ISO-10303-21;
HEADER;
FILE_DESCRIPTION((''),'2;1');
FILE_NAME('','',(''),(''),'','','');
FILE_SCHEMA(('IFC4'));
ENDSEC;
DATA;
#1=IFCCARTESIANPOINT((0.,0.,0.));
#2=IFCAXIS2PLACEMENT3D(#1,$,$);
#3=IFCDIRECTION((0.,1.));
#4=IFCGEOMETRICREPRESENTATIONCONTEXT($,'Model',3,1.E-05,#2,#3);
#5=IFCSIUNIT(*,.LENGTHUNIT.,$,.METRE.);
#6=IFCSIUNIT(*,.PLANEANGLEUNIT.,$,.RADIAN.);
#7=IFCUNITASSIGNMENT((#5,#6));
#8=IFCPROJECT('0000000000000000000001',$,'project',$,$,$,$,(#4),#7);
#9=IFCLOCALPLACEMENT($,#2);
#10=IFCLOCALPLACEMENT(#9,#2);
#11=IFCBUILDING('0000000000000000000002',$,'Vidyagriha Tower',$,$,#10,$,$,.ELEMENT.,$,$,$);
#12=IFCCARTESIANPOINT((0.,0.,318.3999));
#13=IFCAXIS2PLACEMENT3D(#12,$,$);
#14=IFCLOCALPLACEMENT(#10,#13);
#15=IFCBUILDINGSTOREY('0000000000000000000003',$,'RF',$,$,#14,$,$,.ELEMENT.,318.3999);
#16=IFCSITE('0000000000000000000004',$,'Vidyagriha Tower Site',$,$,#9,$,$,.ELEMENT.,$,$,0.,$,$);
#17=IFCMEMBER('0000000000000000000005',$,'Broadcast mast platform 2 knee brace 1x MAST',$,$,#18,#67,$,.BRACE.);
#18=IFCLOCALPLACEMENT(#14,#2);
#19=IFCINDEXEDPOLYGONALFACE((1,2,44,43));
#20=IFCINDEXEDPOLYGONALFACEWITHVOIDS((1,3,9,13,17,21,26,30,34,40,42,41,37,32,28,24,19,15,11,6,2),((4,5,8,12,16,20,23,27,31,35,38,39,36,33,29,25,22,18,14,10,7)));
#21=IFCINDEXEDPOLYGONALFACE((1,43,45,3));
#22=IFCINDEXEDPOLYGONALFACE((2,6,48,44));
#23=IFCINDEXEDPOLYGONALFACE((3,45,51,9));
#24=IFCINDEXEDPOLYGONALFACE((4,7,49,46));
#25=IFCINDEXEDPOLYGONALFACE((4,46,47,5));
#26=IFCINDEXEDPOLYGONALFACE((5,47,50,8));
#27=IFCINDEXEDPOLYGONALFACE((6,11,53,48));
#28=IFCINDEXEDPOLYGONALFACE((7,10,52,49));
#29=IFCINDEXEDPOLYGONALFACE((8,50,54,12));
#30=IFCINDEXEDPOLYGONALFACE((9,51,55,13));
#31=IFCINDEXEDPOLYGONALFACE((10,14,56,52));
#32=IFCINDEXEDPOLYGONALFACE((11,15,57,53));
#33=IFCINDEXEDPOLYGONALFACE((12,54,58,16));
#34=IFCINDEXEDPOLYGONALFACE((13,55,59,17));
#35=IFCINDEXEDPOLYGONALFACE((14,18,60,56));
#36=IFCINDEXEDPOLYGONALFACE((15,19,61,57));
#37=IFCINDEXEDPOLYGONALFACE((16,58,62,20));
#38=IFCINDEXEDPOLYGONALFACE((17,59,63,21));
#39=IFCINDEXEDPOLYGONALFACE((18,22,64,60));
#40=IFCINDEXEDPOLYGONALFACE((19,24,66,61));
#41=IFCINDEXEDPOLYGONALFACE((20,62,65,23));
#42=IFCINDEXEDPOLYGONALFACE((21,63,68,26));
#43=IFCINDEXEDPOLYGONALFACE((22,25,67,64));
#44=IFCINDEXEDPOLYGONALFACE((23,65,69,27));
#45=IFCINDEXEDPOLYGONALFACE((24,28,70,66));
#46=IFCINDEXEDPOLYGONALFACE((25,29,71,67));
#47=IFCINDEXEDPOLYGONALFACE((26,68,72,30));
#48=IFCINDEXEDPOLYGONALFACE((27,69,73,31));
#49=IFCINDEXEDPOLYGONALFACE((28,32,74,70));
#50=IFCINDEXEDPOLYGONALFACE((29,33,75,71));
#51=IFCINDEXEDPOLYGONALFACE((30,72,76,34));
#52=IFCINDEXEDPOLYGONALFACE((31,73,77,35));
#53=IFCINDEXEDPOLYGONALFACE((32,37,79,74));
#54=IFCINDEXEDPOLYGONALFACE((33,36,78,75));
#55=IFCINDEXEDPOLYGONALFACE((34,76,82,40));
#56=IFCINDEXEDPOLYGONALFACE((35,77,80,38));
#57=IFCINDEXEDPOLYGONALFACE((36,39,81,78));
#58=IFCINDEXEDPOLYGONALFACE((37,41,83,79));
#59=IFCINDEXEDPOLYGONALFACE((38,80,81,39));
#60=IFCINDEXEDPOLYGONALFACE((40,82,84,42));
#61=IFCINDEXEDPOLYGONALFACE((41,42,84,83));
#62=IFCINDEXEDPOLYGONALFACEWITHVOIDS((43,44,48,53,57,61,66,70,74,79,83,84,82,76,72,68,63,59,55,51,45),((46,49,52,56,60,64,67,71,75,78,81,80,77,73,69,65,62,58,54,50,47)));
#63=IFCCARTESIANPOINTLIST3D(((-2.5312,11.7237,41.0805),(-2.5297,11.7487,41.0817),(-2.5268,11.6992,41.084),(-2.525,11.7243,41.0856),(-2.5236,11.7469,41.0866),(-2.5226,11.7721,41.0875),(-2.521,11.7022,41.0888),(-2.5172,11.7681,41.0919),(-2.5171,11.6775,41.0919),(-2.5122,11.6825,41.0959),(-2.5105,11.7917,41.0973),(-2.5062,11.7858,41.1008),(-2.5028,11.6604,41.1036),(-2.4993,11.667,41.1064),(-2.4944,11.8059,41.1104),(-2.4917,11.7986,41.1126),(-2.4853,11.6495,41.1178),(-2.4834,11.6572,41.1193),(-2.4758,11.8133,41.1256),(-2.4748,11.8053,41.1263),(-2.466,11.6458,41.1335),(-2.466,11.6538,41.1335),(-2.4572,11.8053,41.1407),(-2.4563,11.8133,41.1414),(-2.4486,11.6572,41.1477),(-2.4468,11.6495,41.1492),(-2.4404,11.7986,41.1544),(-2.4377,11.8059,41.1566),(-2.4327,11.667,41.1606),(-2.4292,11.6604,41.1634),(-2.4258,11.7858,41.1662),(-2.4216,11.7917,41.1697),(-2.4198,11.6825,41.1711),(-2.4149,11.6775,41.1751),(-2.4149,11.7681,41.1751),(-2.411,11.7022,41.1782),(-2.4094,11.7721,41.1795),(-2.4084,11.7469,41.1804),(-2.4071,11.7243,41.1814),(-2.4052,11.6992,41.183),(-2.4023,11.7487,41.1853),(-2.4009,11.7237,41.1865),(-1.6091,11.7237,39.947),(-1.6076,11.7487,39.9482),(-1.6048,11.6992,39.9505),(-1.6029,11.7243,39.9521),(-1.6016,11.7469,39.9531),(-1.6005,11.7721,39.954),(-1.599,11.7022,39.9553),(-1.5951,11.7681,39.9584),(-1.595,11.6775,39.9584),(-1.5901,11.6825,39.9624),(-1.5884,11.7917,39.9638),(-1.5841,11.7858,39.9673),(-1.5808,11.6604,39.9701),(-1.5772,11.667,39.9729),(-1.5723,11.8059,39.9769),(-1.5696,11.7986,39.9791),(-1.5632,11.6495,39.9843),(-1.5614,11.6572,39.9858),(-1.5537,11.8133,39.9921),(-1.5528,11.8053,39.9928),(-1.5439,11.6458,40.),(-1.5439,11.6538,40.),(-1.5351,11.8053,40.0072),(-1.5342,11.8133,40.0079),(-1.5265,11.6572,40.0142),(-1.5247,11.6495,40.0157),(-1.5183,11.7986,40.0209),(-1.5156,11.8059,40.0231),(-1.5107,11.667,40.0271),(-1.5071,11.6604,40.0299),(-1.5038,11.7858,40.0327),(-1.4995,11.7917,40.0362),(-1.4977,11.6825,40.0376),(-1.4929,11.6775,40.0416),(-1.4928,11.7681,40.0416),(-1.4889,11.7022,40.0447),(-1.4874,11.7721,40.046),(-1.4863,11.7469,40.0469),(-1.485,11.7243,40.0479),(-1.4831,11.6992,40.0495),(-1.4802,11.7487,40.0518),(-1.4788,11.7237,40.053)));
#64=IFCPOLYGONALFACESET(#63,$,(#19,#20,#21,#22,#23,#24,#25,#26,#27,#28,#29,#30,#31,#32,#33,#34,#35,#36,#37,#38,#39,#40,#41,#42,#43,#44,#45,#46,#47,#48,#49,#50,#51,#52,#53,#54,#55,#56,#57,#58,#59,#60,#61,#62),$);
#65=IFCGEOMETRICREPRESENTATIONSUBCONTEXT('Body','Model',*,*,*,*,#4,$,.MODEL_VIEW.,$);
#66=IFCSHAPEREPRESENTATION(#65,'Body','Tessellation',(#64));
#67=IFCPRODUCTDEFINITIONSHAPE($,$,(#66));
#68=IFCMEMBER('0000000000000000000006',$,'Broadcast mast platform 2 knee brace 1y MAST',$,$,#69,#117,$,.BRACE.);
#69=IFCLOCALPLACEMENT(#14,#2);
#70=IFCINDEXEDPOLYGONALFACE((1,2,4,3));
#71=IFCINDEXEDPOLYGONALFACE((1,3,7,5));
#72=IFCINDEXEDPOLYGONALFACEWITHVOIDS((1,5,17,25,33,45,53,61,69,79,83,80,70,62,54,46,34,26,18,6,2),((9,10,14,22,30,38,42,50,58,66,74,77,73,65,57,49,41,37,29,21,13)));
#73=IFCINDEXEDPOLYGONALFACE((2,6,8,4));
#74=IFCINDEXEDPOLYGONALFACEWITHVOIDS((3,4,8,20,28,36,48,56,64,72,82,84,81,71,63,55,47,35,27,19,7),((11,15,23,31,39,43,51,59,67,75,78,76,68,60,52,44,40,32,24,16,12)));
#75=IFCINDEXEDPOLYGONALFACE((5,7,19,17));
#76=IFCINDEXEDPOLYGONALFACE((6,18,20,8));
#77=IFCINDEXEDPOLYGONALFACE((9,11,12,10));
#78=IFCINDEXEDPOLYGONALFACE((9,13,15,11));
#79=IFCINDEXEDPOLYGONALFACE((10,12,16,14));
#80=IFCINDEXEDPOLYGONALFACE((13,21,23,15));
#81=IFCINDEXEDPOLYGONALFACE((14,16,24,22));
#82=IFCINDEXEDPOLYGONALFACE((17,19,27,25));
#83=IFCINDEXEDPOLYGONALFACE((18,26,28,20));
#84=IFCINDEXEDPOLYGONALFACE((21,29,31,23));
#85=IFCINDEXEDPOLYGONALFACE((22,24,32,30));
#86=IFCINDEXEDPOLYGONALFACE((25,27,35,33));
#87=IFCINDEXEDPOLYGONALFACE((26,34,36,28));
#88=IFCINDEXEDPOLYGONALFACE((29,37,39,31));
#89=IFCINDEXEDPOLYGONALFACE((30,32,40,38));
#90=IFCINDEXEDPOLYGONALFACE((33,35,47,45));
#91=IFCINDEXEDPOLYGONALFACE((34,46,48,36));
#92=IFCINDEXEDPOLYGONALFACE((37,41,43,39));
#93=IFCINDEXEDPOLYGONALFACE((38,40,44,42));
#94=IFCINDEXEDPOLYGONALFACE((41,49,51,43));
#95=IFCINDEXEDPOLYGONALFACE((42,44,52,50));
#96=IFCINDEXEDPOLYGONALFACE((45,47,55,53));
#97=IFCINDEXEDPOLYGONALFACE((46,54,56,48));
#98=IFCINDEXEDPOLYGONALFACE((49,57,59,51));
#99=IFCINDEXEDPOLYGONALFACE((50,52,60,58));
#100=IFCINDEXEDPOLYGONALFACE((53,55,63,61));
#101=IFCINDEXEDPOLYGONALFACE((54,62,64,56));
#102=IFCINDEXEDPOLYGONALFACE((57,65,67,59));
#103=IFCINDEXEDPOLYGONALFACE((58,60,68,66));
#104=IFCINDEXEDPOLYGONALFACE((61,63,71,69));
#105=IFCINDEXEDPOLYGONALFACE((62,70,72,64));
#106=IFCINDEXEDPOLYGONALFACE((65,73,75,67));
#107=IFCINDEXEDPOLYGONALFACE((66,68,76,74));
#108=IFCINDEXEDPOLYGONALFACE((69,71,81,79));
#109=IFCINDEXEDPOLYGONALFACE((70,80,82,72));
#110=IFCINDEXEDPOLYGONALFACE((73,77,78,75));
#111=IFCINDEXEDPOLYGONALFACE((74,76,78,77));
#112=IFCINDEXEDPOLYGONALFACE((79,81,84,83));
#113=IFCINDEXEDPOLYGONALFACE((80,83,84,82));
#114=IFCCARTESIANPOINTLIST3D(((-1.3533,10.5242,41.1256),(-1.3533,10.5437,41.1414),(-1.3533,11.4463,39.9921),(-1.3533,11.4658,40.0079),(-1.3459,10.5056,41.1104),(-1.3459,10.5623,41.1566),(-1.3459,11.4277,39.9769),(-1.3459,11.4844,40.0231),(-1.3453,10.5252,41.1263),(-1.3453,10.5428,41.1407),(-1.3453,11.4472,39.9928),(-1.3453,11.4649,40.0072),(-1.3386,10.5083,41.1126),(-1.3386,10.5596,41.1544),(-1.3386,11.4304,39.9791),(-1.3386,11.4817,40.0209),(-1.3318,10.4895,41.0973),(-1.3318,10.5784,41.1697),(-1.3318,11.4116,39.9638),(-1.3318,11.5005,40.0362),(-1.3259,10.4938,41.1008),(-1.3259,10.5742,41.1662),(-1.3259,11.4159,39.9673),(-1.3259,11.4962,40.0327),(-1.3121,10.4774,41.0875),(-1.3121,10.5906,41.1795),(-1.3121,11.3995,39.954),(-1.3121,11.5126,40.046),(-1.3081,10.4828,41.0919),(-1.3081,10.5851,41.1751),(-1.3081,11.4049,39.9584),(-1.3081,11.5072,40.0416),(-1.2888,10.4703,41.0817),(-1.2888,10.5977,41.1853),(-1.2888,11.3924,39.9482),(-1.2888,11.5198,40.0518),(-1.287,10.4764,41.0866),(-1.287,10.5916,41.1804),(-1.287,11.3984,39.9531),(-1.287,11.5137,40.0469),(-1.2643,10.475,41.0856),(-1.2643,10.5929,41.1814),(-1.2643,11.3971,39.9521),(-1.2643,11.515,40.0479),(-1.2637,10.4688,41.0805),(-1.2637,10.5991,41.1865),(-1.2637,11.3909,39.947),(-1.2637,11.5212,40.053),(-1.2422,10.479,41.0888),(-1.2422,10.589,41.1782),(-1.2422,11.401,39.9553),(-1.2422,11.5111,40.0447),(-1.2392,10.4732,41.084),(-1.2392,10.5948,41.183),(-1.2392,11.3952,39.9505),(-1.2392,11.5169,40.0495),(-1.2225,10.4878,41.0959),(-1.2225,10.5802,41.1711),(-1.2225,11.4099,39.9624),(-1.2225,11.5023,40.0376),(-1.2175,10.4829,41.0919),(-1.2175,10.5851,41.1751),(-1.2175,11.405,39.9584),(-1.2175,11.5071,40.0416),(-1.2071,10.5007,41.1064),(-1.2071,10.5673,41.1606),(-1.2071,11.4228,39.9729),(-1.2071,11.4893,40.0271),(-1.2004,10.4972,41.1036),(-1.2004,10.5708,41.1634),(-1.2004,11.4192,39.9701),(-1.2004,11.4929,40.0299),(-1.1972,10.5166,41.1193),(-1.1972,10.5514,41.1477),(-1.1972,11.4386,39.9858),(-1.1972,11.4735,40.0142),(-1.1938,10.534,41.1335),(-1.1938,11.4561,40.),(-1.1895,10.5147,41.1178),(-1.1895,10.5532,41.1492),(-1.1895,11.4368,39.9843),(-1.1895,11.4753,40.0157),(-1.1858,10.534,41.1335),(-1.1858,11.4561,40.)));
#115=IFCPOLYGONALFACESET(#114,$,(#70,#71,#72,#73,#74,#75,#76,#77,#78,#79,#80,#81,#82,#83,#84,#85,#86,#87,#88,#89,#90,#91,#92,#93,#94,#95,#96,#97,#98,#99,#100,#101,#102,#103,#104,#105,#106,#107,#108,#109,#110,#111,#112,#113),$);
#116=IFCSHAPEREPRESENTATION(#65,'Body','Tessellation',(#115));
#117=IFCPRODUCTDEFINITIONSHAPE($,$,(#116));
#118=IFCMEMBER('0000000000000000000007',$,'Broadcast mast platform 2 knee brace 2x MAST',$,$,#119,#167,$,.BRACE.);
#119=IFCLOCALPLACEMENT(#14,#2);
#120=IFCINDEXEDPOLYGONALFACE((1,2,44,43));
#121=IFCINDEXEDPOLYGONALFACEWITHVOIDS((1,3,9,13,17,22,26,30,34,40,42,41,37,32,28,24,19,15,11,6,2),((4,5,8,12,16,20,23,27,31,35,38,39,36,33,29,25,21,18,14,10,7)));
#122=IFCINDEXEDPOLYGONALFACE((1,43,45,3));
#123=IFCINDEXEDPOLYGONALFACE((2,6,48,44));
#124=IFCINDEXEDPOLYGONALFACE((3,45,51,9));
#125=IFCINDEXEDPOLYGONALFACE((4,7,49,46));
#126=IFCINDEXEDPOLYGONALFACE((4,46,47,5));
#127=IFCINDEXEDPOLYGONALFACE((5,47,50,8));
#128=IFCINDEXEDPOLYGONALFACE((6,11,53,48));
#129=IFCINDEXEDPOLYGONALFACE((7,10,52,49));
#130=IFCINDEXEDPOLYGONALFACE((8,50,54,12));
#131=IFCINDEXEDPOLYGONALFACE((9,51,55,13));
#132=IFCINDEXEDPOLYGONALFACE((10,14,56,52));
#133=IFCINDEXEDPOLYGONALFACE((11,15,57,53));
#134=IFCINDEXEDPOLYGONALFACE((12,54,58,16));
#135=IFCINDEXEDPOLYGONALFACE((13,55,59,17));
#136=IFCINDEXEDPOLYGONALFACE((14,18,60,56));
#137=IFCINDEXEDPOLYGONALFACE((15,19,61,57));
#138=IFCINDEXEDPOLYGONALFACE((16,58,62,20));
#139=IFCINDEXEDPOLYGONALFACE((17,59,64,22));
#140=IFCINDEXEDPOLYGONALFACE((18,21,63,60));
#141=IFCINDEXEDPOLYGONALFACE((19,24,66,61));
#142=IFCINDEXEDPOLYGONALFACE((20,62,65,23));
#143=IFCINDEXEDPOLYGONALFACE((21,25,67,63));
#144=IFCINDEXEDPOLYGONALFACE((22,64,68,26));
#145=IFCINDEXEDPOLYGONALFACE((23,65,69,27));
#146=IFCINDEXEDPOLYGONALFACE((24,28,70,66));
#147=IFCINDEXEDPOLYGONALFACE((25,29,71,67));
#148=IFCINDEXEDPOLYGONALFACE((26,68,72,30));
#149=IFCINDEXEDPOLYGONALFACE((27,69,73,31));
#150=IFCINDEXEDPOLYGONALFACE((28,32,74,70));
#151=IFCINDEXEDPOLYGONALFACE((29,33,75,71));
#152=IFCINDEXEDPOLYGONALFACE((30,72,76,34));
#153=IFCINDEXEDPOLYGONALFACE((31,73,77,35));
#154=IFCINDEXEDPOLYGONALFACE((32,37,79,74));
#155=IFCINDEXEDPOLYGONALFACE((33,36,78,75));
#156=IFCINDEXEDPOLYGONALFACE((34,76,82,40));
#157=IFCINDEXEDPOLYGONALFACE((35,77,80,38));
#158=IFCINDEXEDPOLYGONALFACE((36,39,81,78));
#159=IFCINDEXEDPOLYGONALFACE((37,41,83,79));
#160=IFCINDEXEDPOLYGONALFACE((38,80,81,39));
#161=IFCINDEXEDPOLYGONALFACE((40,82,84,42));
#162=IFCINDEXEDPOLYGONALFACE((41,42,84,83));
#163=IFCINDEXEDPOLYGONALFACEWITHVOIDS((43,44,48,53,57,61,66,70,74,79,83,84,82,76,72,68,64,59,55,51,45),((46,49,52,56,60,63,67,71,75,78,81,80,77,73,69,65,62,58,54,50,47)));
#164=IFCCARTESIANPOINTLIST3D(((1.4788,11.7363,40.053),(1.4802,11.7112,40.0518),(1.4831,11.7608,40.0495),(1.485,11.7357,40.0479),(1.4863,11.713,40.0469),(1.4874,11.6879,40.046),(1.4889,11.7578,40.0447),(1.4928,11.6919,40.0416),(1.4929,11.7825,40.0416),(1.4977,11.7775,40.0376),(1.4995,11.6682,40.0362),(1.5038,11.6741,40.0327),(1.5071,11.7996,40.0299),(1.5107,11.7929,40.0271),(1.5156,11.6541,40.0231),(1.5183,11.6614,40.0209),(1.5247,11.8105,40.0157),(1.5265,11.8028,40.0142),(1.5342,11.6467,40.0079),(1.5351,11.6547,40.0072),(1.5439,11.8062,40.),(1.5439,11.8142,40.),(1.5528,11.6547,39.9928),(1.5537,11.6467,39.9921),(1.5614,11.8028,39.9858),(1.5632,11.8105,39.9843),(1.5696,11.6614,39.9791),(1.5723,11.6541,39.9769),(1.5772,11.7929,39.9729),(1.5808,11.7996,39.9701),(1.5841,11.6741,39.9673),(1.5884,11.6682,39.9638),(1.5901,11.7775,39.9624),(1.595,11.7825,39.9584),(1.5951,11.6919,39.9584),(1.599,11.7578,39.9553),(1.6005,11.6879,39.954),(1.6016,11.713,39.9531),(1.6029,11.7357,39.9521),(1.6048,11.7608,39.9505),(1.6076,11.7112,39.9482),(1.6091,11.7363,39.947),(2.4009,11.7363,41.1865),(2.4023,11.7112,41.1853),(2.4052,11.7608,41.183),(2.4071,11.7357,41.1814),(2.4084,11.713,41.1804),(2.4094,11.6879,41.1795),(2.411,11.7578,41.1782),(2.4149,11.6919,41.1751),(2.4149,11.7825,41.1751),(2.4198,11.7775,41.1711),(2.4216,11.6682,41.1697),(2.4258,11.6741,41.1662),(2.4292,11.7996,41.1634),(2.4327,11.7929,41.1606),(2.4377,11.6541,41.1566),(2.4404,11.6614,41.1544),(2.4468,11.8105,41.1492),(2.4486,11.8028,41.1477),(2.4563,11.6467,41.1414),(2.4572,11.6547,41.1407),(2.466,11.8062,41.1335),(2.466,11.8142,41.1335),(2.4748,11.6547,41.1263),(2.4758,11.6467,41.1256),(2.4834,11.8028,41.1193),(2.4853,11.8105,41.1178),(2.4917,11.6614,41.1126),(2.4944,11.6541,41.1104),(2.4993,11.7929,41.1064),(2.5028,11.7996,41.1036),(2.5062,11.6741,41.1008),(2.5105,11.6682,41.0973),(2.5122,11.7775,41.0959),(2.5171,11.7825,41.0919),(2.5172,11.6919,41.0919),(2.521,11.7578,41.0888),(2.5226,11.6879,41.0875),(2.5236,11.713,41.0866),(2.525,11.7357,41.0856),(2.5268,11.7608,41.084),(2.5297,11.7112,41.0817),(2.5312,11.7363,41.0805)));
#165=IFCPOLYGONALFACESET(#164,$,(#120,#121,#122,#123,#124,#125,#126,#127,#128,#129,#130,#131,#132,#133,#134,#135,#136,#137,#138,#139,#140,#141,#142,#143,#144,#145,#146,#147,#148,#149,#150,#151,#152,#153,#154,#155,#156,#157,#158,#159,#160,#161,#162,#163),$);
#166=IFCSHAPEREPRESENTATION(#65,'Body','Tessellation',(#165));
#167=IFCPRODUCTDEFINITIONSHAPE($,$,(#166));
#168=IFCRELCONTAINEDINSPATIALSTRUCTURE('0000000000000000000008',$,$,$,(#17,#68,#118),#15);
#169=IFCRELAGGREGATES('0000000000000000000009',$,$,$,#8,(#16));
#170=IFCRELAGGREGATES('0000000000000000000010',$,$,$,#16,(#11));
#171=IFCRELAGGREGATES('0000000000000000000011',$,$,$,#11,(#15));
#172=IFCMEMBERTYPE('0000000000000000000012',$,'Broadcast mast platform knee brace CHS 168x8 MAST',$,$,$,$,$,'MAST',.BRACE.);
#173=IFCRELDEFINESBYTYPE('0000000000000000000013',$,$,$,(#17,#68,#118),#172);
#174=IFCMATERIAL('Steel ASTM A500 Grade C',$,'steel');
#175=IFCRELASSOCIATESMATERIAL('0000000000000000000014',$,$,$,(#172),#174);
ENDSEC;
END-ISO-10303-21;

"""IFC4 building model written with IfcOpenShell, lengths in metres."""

from ifc_helpers import new_model, si_unit, direction, frame, origin, origin_2d, place, context, subcontext, project, spatial, hollow_circle, extrude, material, material_profile, profile_set, type_object, element, save


model = new_model("IFC4")

# Units and contexts
model_context = context("Model", 3, precision=1e-05, world=origin(), true_north=direction((0.0, 1.0)))
body_context = subcontext(model_context, "Body", "Model", "MODEL_VIEW")
ifc_project = project(units=[si_unit("LENGTHUNIT", "METRE"), si_unit("PLANEANGLEUNIT", "RADIAN")], contexts=[model_context])

# Site, building, storey
site_placement = place(None, origin())
site = spatial("IfcSite", under=ifc_project, at=site_placement, Name="Vidyagriha Tower Site", CompositionType="ELEMENT", RefElevation=0.0)
building_placement = place(site_placement, origin())
building = spatial("IfcBuilding", under=site, at=building_placement, Name="Vidyagriha Tower", CompositionType="ELEMENT")
storey_placement = place(building_placement, frame((0.0, 0.0, 318.3999)))
storey = spatial("IfcBuildingStorey", under=building, at=storey_placement, Name="RF", CompositionType="ELEMENT", Elevation=318.3999)

# Members
ifc_material_1 = material(Name="Steel ASTM A500 Grade C", Category="steel")
ifc_material_profile_1 = material_profile(ifc_material_1, hollow_circle(Radius=0.0842, WallThickness=0.0081, at=origin_2d()), Name="Broadcast mast platform knee brace CHS 168x8 MAST")
ifc_profile_set_1 = profile_set([ifc_material_profile_1], Name="Steel ASTM A500 Grade C")
member_type_1 = type_object("IfcMemberType", Name="Broadcast mast platform knee brace CHS 168x8 MAST", ElementType="MAST", PredefinedType="BRACE", material=ifc_profile_set_1)
for number, where, z_axis, x_axis, name in (
    (1, (-1.5439, 11.73, 40.0), (-0.631052, 0.0, 0.775741), (0.0, -1.0, 0.0), "Broadcast mast platform 2 knee brace 1x MAST"),
    (2, (-1.27, 11.4561, 40.0), (0.0, -0.631052, 0.775741), (1.0, 0.0, 0.0), "Broadcast mast platform 2 knee brace 1y MAST"),
    (3, (1.5439, 11.73, 40.0), (0.631052, 0.0, 0.775741), (0.0, 1.0, 0.0), "Broadcast mast platform 2 knee brace 2x MAST"),
):
    element("IfcMember", number, at=place(storey_placement, frame(where, z_axis=z_axis, x_axis=x_axis)), inside=storey, type_object=member_type_1, Name=name, PredefinedType="BRACE", context=body_context, shape_type="SweptSolid", body=[
        extrude(hollow_circle(Radius=0.0842, WallThickness=0.0081, at=origin_2d()), origin(), (0.0, 0.0, 1.0), 1.4612),
    ])

save(model, "model.ifc")
